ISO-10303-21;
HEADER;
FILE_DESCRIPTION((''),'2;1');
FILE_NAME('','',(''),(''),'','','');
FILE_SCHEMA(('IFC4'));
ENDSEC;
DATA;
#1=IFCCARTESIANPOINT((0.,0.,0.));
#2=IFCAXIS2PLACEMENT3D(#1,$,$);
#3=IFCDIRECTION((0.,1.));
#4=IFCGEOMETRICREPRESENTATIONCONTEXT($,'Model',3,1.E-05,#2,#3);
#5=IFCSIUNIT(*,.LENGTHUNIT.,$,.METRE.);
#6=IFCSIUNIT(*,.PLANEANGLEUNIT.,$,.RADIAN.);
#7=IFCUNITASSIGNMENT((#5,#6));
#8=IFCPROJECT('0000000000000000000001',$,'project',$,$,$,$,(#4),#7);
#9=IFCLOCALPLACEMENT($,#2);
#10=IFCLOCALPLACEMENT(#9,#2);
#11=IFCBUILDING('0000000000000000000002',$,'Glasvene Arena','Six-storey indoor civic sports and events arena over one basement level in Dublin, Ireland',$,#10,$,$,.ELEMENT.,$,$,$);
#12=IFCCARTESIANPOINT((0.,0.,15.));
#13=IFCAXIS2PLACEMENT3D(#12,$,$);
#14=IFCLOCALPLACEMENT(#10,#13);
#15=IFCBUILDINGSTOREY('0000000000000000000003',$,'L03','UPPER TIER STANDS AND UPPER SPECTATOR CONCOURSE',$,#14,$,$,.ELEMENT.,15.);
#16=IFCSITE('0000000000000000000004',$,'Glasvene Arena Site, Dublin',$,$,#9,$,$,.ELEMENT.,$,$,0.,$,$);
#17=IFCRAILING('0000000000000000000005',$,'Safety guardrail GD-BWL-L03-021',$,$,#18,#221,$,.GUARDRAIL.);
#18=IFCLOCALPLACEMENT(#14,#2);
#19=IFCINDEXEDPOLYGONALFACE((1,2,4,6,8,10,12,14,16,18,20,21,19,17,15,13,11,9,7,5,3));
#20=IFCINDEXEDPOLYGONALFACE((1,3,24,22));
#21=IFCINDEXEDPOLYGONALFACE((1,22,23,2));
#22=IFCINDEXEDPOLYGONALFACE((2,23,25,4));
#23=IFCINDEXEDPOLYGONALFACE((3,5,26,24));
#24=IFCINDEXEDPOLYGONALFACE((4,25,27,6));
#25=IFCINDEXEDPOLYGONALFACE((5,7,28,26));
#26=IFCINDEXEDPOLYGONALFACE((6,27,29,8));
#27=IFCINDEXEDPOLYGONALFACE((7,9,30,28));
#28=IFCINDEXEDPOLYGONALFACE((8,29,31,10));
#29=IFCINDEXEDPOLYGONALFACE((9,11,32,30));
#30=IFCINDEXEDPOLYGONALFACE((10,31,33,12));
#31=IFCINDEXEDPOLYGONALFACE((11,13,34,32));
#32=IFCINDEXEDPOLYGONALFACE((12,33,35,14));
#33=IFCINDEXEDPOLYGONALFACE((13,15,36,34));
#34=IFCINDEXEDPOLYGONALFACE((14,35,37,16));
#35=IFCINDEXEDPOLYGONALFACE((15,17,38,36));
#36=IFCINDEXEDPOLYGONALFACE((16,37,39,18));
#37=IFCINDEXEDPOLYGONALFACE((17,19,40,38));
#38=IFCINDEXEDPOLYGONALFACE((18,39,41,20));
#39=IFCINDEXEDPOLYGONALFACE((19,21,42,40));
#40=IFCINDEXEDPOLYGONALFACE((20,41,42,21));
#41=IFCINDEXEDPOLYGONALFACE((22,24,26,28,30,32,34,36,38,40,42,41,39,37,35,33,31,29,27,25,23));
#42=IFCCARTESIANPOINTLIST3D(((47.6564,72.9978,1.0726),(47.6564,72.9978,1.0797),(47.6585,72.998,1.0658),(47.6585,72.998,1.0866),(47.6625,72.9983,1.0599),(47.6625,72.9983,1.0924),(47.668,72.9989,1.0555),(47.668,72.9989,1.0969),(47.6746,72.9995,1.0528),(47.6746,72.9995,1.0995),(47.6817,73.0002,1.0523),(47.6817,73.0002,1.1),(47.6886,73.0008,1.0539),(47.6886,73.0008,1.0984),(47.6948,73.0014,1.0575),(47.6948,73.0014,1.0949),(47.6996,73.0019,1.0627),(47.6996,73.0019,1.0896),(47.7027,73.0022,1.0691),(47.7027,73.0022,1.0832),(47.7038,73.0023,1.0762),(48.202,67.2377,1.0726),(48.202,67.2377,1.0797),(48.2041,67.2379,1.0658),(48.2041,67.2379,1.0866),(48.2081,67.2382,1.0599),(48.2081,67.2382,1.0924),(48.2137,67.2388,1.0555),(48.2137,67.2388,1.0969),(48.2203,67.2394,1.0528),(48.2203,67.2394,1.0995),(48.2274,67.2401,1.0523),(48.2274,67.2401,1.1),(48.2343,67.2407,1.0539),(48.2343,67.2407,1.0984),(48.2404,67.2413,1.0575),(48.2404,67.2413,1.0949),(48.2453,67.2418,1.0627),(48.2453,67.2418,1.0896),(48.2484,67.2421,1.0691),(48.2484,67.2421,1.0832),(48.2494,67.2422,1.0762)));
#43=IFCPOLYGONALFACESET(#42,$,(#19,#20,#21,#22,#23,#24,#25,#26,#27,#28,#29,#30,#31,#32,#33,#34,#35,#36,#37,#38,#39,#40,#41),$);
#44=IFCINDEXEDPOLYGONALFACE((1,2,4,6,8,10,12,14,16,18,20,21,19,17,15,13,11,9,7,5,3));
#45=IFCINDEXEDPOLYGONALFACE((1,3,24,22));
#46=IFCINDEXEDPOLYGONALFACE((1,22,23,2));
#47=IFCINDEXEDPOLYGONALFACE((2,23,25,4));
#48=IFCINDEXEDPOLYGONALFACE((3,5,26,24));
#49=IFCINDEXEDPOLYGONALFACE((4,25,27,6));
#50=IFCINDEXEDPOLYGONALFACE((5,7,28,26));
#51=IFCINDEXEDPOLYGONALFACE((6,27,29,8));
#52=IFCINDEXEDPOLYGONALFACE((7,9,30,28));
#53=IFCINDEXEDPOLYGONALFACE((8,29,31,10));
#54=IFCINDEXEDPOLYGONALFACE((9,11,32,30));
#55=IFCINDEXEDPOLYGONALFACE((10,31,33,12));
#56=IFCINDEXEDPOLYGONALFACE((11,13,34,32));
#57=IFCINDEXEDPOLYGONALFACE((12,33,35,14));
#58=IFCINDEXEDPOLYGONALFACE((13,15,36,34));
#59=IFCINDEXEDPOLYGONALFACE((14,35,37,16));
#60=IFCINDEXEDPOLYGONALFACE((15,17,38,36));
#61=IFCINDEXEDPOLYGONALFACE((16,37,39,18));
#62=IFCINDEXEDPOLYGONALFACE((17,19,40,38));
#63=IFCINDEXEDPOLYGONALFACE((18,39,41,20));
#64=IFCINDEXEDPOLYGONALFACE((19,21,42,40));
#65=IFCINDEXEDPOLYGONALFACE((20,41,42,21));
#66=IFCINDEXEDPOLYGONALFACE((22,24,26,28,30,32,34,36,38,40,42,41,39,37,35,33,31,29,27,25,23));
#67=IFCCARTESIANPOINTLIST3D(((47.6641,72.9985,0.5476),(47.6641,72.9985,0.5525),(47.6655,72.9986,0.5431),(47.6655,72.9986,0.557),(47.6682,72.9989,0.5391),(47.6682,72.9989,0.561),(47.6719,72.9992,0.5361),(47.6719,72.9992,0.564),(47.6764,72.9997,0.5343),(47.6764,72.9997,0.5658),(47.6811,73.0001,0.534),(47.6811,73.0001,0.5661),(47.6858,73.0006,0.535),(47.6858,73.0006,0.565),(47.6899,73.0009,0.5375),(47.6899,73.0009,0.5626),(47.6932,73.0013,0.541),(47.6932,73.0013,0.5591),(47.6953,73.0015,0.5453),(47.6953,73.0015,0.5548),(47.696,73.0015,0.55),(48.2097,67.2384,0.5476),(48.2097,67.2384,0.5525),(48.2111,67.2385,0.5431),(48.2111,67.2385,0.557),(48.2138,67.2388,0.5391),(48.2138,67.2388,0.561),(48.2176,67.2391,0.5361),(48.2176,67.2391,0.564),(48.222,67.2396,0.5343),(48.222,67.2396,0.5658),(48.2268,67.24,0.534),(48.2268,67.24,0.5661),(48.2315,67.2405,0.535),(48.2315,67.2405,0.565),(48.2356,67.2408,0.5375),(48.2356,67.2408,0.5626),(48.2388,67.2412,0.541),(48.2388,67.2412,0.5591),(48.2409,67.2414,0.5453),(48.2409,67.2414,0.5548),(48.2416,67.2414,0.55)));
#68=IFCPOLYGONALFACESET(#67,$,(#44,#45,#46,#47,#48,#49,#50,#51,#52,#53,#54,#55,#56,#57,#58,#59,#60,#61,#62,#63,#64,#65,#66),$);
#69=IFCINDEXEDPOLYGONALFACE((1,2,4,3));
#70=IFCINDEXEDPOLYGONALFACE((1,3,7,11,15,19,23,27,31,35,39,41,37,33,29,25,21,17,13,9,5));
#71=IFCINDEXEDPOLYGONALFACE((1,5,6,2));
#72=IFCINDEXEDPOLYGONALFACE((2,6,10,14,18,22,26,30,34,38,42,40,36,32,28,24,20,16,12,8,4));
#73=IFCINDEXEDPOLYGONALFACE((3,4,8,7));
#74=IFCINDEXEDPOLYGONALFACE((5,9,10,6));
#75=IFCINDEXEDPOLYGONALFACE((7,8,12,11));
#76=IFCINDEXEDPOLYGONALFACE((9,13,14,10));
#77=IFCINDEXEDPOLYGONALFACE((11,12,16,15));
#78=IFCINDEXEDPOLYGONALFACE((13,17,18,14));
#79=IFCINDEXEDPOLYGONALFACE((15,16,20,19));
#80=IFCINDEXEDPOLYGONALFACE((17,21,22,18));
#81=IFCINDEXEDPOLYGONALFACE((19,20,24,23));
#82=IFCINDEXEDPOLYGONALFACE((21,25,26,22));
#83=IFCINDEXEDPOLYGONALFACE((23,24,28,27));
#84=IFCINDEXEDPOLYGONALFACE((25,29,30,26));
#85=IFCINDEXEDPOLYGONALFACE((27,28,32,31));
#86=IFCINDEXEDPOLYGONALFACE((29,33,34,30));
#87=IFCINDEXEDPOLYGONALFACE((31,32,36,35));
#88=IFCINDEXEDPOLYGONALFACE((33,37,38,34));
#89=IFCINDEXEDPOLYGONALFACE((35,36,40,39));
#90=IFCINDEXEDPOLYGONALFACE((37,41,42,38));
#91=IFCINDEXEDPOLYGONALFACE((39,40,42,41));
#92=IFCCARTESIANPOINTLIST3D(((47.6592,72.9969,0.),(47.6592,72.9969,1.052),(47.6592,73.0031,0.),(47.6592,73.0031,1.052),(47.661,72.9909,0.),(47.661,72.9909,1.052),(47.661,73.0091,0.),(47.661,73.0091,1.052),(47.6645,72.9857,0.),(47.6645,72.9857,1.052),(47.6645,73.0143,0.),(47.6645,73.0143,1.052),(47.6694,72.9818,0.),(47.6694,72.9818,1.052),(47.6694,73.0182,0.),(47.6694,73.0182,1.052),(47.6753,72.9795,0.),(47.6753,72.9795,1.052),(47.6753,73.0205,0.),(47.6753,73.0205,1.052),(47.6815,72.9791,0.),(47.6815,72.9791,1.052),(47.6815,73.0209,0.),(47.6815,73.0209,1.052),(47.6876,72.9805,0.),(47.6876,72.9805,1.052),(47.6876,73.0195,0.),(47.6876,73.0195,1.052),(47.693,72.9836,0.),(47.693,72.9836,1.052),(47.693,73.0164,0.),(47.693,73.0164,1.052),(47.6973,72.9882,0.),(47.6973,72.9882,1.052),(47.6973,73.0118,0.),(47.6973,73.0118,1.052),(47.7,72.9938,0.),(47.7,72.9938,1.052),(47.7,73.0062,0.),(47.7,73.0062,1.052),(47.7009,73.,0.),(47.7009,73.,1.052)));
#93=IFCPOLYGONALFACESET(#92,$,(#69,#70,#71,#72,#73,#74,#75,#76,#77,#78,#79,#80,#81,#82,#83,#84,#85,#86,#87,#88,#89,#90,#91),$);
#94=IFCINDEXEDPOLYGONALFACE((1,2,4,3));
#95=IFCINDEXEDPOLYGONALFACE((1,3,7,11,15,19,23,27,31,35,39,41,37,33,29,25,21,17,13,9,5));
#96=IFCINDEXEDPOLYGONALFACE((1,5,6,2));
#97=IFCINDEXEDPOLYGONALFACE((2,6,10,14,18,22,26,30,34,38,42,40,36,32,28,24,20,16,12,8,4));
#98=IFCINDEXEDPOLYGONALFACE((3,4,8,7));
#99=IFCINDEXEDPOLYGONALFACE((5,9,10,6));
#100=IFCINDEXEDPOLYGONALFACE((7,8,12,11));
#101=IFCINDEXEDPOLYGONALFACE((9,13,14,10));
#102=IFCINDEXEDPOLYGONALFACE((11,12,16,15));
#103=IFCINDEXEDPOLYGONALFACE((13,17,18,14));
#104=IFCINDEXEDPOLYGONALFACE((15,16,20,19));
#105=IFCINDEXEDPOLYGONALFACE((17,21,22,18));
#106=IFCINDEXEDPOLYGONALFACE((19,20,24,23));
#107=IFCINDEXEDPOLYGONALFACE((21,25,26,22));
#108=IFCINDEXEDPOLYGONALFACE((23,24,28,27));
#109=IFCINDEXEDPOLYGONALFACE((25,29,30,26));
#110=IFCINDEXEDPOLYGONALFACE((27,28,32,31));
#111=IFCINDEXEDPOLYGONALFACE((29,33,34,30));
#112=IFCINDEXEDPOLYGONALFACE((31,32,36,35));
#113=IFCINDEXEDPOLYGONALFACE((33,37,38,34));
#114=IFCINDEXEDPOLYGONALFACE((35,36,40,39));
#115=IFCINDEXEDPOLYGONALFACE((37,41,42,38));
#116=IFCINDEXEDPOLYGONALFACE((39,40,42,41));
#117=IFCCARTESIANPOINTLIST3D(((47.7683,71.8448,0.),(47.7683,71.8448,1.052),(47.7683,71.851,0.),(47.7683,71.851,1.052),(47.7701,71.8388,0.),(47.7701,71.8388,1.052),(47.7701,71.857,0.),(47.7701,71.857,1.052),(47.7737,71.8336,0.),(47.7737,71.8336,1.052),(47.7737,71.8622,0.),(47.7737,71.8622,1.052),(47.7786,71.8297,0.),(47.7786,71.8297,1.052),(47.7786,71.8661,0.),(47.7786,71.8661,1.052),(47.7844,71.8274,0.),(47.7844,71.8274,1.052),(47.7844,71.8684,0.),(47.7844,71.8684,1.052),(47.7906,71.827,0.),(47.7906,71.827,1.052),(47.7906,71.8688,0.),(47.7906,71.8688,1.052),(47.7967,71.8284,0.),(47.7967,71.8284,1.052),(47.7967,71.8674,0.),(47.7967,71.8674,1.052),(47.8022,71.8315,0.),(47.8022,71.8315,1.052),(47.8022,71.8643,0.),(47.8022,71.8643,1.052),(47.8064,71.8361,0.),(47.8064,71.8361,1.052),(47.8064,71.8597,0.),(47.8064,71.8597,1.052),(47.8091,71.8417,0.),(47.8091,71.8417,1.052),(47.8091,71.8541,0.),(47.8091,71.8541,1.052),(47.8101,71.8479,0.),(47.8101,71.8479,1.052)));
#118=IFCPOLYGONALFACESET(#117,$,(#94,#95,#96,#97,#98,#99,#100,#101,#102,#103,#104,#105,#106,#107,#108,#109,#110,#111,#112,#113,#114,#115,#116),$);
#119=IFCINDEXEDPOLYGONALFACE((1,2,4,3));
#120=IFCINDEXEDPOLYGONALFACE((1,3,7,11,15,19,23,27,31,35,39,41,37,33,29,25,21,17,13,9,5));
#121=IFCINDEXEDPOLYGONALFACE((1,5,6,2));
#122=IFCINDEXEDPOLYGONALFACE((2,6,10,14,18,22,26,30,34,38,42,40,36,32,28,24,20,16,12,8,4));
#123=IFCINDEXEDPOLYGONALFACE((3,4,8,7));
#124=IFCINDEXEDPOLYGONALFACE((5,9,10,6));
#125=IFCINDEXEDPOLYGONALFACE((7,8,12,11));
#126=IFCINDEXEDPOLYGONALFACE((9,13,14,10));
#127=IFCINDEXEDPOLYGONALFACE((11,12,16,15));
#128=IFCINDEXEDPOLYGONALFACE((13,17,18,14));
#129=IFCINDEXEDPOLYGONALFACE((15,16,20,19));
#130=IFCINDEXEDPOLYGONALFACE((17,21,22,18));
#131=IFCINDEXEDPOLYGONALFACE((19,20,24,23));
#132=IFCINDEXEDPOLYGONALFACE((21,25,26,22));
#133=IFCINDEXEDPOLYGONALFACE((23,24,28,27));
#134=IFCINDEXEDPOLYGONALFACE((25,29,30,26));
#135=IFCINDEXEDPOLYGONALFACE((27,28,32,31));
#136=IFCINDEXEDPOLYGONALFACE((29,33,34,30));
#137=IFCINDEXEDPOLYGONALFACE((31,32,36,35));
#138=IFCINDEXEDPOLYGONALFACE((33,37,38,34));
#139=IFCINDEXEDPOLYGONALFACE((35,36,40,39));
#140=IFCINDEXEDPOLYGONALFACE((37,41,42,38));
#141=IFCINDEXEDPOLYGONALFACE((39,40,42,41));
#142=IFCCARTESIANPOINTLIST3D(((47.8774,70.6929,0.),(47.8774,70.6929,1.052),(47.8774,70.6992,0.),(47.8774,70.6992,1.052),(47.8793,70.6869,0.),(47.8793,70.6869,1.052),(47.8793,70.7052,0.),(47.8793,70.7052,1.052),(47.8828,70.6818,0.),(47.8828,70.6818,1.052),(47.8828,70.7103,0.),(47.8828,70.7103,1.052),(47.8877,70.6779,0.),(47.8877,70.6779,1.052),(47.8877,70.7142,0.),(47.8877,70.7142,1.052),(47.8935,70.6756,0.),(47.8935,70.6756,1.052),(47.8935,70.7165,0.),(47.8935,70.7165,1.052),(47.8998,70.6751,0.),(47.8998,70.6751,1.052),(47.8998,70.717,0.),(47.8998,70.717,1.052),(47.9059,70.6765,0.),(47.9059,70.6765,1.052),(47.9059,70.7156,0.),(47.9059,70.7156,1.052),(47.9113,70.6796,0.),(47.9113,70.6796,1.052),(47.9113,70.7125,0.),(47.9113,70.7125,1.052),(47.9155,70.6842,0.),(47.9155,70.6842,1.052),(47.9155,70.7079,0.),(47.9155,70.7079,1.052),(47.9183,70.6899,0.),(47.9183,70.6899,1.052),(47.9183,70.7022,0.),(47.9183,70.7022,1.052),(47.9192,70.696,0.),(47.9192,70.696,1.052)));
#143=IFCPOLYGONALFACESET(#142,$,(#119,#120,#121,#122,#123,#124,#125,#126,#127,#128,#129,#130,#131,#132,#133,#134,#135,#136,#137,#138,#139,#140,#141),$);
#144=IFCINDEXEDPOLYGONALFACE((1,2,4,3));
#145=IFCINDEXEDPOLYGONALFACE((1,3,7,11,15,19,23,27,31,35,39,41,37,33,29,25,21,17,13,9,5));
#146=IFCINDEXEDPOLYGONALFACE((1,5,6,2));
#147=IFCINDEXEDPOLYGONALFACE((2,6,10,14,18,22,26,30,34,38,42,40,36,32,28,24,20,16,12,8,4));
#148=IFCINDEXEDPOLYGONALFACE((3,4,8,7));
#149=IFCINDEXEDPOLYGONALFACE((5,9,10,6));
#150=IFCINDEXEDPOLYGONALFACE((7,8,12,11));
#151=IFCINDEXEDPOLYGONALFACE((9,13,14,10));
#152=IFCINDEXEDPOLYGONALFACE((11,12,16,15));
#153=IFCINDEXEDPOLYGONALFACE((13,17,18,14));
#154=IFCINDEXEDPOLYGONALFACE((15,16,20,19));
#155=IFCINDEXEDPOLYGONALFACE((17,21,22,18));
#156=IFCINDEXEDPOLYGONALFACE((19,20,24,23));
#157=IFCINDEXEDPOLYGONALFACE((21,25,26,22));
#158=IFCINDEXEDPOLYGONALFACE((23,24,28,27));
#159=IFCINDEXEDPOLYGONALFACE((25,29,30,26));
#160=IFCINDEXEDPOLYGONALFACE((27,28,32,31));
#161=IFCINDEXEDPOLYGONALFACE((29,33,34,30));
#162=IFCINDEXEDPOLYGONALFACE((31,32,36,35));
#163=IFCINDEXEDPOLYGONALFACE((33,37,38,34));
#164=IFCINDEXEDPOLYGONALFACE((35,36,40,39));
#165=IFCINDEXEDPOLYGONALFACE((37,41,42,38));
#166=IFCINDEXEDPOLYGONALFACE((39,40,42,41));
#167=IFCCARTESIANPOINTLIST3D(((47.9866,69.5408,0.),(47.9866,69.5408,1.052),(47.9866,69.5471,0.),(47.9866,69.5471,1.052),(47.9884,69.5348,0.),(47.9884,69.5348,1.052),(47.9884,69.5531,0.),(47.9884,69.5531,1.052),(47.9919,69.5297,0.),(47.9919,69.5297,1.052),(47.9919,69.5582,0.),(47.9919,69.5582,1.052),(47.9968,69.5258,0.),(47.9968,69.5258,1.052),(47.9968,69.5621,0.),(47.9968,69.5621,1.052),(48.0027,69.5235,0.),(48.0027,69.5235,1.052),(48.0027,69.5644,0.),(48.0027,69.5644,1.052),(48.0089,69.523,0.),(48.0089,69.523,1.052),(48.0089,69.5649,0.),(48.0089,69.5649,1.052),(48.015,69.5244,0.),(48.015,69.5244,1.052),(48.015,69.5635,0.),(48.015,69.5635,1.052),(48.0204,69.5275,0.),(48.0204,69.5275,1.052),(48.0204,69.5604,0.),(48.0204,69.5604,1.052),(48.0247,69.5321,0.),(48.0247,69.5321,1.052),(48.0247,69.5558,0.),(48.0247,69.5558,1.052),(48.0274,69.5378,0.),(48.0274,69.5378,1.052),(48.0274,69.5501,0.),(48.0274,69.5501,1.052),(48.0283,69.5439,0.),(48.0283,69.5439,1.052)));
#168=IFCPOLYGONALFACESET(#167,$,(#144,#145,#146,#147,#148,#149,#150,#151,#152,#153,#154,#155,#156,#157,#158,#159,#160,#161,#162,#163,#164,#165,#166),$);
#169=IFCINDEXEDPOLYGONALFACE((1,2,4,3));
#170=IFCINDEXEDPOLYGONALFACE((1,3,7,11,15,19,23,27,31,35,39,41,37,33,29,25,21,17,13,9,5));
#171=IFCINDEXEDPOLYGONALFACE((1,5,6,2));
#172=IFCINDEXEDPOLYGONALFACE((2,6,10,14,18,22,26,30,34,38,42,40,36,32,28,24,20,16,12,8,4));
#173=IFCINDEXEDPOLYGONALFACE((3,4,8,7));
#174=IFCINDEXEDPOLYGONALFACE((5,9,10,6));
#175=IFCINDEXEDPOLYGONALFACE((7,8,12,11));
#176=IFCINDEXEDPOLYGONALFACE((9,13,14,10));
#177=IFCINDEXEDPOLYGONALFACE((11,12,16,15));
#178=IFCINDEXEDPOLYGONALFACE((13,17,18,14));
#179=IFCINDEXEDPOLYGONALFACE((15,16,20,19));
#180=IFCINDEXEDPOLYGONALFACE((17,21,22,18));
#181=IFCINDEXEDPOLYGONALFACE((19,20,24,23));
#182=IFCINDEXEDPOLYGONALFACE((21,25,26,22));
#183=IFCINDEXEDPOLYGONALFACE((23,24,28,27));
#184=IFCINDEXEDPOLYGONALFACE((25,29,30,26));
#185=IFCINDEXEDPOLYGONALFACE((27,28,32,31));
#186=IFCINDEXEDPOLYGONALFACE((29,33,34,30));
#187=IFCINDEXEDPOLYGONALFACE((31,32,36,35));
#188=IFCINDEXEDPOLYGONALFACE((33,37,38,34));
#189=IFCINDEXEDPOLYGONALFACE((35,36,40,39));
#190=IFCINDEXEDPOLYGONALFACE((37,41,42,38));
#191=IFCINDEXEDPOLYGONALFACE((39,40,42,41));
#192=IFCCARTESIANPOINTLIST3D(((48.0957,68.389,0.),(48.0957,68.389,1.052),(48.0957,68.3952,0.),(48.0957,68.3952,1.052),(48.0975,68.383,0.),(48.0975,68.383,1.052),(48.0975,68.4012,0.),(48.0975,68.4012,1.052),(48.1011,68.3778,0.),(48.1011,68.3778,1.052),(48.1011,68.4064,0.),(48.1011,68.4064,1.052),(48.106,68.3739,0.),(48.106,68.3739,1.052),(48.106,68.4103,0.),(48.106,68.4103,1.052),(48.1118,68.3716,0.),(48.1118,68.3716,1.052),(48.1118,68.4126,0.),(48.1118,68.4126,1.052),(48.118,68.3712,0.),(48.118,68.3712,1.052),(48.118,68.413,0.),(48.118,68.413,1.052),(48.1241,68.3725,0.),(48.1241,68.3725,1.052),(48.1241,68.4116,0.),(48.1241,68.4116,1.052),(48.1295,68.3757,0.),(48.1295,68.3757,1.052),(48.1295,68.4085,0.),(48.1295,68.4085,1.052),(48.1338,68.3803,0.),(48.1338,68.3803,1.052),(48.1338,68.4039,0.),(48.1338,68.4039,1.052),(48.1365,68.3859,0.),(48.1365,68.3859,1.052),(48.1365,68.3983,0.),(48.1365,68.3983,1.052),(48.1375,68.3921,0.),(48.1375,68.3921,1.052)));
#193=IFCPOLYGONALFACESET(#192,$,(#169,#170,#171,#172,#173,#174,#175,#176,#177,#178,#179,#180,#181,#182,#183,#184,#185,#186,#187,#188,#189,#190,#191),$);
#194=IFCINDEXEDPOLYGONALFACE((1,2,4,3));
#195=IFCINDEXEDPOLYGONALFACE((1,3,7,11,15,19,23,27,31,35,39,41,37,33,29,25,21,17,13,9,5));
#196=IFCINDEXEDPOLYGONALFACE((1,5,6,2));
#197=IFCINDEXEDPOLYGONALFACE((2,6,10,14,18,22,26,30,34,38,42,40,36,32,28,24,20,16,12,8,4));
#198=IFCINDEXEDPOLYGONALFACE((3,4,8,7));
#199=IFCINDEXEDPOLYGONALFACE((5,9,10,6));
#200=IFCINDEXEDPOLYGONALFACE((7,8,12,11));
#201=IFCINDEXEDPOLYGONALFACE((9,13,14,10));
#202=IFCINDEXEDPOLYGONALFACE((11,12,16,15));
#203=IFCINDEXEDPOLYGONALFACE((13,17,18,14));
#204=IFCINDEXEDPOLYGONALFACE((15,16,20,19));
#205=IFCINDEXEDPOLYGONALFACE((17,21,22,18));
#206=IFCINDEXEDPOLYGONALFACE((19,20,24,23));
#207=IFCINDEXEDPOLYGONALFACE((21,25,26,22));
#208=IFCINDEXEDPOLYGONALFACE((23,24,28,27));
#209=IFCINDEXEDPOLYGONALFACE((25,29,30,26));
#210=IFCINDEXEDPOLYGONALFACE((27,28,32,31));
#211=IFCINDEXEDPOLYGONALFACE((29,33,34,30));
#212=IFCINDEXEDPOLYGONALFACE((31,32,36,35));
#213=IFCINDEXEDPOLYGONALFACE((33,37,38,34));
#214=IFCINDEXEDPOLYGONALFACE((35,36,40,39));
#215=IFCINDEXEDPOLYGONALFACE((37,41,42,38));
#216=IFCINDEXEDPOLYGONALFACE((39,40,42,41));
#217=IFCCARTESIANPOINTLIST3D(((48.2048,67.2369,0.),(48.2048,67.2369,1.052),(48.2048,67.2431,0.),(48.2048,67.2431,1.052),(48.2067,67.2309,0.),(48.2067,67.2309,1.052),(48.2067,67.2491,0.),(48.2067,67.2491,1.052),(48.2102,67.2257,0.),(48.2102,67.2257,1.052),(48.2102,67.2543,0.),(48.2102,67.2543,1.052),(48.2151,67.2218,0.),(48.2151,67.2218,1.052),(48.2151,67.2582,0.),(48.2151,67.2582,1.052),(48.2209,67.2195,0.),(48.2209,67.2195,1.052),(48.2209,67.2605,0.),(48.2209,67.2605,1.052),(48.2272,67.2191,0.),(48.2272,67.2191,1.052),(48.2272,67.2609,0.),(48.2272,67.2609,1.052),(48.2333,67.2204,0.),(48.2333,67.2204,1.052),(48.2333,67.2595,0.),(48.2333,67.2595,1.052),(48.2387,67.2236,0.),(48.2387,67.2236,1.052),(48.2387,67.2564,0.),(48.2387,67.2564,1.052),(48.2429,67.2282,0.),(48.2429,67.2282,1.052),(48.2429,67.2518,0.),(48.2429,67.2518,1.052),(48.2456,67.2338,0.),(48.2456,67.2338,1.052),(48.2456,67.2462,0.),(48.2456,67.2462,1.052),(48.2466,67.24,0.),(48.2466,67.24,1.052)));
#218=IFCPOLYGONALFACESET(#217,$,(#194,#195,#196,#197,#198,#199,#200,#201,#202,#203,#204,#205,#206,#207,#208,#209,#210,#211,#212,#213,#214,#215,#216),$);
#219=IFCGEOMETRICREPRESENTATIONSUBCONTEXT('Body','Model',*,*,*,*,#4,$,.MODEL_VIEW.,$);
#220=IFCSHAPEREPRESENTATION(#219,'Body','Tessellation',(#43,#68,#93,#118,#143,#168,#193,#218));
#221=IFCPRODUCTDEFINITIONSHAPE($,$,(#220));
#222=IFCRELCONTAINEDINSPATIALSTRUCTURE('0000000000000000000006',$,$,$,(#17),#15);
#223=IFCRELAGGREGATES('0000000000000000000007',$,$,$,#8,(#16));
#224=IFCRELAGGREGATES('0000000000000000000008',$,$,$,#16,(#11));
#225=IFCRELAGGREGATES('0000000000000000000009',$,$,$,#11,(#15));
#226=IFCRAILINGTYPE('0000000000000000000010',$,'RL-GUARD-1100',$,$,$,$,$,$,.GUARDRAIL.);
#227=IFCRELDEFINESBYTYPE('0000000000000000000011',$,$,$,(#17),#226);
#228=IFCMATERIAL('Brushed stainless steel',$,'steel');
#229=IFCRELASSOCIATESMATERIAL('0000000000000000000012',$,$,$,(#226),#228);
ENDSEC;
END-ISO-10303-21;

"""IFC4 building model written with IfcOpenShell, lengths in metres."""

from ifc_helpers import new_model, si_unit, direction, frame, origin, origin_2d, place, context, subcontext, project, spatial, circle, extrude, material, type_object, element, save


model = new_model("IFC4")

# Units and contexts
model_context = context("Model", 3, precision=1e-05, world=origin(), true_north=direction((0.0, 1.0)))
body_context = subcontext(model_context, "Body", "Model", "MODEL_VIEW")
ifc_project = project(units=[si_unit("LENGTHUNIT", "METRE"), si_unit("PLANEANGLEUNIT", "RADIAN")], contexts=[model_context])

# Site, building, storey
site_placement = place(None, origin())
site = spatial("IfcSite", under=ifc_project, at=site_placement, Name="Glasvene Arena Site, Dublin", CompositionType="ELEMENT", RefElevation=0.0)
building_placement = place(site_placement, origin())
building = spatial("IfcBuilding", under=site, at=building_placement, Name="Glasvene Arena", Description="Six-storey indoor civic sports and events arena over one basement level in Dublin, Ireland", CompositionType="ELEMENT")
storey_placement = place(building_placement, frame((0.0, 0.0, 15.0)))
storey = spatial("IfcBuildingStorey", under=building, at=storey_placement, Name="L03", Description="UPPER TIER STANDS AND UPPER SPECTATOR CONCOURSE", CompositionType="ELEMENT", Elevation=15.0)

# Railing
ifc_material_1 = material(Name="Brushed stainless steel", Category="steel")
railing_type = type_object("IfcRailingType", Name="RL-GUARD-1100", PredefinedType="GUARDRAIL", material=ifc_material_1)
railing_1_placement = place(storey_placement, frame((47.6799, 73.0, 0.0)))
element("IfcRailing", 1, at=railing_1_placement, inside=storey, type_object=railing_type, Name="Safety guardrail GD-BWL-L03-021", PredefinedType="GUARDRAIL", context=body_context, shape_type="SweptSolid", body=[
    extrude(circle(Radius=0.0239, at=origin_2d()), frame((0.0, 0.0, 1.0762), z_axis=(0.094309, -0.995543, 0.0), x_axis=(0.995543, 0.094309, 0.0)), (0.0, 0.0, 1.0), 5.7859),
    extrude(circle(Radius=0.0161, at=origin_2d()), frame((0.0, 0.0, 0.55), z_axis=(0.094309, -0.995543, 0.0), x_axis=(0.995543, 0.094309, 0.0)), (0.0, 0.0, 1.0), 5.7859),
    extrude(circle(Radius=0.021, at=origin_2d()), origin(), (0.0, 0.0, 1.0), 1.052),
    extrude(circle(Radius=0.021, at=origin_2d()), frame((0.1091, -1.1521, 0.0)), (0.0, 0.0, 1.0), 1.052),
    extrude(circle(Radius=0.021, at=origin_2d()), frame((0.2183, -2.304, 0.0)), (0.0, 0.0, 1.0), 1.052),
    extrude(circle(Radius=0.021, at=origin_2d()), frame((0.3274, -3.4561, 0.0)), (0.0, 0.0, 1.0), 1.052),
    extrude(circle(Radius=0.021, at=origin_2d()), frame((0.4365, -4.6079, 0.0)), (0.0, 0.0, 1.0), 1.052),
    extrude(circle(Radius=0.021, at=origin_2d()), frame((0.5457, -5.76, 0.0)), (0.0, 0.0, 1.0), 1.052),
])

save(model, "model.ifc")
